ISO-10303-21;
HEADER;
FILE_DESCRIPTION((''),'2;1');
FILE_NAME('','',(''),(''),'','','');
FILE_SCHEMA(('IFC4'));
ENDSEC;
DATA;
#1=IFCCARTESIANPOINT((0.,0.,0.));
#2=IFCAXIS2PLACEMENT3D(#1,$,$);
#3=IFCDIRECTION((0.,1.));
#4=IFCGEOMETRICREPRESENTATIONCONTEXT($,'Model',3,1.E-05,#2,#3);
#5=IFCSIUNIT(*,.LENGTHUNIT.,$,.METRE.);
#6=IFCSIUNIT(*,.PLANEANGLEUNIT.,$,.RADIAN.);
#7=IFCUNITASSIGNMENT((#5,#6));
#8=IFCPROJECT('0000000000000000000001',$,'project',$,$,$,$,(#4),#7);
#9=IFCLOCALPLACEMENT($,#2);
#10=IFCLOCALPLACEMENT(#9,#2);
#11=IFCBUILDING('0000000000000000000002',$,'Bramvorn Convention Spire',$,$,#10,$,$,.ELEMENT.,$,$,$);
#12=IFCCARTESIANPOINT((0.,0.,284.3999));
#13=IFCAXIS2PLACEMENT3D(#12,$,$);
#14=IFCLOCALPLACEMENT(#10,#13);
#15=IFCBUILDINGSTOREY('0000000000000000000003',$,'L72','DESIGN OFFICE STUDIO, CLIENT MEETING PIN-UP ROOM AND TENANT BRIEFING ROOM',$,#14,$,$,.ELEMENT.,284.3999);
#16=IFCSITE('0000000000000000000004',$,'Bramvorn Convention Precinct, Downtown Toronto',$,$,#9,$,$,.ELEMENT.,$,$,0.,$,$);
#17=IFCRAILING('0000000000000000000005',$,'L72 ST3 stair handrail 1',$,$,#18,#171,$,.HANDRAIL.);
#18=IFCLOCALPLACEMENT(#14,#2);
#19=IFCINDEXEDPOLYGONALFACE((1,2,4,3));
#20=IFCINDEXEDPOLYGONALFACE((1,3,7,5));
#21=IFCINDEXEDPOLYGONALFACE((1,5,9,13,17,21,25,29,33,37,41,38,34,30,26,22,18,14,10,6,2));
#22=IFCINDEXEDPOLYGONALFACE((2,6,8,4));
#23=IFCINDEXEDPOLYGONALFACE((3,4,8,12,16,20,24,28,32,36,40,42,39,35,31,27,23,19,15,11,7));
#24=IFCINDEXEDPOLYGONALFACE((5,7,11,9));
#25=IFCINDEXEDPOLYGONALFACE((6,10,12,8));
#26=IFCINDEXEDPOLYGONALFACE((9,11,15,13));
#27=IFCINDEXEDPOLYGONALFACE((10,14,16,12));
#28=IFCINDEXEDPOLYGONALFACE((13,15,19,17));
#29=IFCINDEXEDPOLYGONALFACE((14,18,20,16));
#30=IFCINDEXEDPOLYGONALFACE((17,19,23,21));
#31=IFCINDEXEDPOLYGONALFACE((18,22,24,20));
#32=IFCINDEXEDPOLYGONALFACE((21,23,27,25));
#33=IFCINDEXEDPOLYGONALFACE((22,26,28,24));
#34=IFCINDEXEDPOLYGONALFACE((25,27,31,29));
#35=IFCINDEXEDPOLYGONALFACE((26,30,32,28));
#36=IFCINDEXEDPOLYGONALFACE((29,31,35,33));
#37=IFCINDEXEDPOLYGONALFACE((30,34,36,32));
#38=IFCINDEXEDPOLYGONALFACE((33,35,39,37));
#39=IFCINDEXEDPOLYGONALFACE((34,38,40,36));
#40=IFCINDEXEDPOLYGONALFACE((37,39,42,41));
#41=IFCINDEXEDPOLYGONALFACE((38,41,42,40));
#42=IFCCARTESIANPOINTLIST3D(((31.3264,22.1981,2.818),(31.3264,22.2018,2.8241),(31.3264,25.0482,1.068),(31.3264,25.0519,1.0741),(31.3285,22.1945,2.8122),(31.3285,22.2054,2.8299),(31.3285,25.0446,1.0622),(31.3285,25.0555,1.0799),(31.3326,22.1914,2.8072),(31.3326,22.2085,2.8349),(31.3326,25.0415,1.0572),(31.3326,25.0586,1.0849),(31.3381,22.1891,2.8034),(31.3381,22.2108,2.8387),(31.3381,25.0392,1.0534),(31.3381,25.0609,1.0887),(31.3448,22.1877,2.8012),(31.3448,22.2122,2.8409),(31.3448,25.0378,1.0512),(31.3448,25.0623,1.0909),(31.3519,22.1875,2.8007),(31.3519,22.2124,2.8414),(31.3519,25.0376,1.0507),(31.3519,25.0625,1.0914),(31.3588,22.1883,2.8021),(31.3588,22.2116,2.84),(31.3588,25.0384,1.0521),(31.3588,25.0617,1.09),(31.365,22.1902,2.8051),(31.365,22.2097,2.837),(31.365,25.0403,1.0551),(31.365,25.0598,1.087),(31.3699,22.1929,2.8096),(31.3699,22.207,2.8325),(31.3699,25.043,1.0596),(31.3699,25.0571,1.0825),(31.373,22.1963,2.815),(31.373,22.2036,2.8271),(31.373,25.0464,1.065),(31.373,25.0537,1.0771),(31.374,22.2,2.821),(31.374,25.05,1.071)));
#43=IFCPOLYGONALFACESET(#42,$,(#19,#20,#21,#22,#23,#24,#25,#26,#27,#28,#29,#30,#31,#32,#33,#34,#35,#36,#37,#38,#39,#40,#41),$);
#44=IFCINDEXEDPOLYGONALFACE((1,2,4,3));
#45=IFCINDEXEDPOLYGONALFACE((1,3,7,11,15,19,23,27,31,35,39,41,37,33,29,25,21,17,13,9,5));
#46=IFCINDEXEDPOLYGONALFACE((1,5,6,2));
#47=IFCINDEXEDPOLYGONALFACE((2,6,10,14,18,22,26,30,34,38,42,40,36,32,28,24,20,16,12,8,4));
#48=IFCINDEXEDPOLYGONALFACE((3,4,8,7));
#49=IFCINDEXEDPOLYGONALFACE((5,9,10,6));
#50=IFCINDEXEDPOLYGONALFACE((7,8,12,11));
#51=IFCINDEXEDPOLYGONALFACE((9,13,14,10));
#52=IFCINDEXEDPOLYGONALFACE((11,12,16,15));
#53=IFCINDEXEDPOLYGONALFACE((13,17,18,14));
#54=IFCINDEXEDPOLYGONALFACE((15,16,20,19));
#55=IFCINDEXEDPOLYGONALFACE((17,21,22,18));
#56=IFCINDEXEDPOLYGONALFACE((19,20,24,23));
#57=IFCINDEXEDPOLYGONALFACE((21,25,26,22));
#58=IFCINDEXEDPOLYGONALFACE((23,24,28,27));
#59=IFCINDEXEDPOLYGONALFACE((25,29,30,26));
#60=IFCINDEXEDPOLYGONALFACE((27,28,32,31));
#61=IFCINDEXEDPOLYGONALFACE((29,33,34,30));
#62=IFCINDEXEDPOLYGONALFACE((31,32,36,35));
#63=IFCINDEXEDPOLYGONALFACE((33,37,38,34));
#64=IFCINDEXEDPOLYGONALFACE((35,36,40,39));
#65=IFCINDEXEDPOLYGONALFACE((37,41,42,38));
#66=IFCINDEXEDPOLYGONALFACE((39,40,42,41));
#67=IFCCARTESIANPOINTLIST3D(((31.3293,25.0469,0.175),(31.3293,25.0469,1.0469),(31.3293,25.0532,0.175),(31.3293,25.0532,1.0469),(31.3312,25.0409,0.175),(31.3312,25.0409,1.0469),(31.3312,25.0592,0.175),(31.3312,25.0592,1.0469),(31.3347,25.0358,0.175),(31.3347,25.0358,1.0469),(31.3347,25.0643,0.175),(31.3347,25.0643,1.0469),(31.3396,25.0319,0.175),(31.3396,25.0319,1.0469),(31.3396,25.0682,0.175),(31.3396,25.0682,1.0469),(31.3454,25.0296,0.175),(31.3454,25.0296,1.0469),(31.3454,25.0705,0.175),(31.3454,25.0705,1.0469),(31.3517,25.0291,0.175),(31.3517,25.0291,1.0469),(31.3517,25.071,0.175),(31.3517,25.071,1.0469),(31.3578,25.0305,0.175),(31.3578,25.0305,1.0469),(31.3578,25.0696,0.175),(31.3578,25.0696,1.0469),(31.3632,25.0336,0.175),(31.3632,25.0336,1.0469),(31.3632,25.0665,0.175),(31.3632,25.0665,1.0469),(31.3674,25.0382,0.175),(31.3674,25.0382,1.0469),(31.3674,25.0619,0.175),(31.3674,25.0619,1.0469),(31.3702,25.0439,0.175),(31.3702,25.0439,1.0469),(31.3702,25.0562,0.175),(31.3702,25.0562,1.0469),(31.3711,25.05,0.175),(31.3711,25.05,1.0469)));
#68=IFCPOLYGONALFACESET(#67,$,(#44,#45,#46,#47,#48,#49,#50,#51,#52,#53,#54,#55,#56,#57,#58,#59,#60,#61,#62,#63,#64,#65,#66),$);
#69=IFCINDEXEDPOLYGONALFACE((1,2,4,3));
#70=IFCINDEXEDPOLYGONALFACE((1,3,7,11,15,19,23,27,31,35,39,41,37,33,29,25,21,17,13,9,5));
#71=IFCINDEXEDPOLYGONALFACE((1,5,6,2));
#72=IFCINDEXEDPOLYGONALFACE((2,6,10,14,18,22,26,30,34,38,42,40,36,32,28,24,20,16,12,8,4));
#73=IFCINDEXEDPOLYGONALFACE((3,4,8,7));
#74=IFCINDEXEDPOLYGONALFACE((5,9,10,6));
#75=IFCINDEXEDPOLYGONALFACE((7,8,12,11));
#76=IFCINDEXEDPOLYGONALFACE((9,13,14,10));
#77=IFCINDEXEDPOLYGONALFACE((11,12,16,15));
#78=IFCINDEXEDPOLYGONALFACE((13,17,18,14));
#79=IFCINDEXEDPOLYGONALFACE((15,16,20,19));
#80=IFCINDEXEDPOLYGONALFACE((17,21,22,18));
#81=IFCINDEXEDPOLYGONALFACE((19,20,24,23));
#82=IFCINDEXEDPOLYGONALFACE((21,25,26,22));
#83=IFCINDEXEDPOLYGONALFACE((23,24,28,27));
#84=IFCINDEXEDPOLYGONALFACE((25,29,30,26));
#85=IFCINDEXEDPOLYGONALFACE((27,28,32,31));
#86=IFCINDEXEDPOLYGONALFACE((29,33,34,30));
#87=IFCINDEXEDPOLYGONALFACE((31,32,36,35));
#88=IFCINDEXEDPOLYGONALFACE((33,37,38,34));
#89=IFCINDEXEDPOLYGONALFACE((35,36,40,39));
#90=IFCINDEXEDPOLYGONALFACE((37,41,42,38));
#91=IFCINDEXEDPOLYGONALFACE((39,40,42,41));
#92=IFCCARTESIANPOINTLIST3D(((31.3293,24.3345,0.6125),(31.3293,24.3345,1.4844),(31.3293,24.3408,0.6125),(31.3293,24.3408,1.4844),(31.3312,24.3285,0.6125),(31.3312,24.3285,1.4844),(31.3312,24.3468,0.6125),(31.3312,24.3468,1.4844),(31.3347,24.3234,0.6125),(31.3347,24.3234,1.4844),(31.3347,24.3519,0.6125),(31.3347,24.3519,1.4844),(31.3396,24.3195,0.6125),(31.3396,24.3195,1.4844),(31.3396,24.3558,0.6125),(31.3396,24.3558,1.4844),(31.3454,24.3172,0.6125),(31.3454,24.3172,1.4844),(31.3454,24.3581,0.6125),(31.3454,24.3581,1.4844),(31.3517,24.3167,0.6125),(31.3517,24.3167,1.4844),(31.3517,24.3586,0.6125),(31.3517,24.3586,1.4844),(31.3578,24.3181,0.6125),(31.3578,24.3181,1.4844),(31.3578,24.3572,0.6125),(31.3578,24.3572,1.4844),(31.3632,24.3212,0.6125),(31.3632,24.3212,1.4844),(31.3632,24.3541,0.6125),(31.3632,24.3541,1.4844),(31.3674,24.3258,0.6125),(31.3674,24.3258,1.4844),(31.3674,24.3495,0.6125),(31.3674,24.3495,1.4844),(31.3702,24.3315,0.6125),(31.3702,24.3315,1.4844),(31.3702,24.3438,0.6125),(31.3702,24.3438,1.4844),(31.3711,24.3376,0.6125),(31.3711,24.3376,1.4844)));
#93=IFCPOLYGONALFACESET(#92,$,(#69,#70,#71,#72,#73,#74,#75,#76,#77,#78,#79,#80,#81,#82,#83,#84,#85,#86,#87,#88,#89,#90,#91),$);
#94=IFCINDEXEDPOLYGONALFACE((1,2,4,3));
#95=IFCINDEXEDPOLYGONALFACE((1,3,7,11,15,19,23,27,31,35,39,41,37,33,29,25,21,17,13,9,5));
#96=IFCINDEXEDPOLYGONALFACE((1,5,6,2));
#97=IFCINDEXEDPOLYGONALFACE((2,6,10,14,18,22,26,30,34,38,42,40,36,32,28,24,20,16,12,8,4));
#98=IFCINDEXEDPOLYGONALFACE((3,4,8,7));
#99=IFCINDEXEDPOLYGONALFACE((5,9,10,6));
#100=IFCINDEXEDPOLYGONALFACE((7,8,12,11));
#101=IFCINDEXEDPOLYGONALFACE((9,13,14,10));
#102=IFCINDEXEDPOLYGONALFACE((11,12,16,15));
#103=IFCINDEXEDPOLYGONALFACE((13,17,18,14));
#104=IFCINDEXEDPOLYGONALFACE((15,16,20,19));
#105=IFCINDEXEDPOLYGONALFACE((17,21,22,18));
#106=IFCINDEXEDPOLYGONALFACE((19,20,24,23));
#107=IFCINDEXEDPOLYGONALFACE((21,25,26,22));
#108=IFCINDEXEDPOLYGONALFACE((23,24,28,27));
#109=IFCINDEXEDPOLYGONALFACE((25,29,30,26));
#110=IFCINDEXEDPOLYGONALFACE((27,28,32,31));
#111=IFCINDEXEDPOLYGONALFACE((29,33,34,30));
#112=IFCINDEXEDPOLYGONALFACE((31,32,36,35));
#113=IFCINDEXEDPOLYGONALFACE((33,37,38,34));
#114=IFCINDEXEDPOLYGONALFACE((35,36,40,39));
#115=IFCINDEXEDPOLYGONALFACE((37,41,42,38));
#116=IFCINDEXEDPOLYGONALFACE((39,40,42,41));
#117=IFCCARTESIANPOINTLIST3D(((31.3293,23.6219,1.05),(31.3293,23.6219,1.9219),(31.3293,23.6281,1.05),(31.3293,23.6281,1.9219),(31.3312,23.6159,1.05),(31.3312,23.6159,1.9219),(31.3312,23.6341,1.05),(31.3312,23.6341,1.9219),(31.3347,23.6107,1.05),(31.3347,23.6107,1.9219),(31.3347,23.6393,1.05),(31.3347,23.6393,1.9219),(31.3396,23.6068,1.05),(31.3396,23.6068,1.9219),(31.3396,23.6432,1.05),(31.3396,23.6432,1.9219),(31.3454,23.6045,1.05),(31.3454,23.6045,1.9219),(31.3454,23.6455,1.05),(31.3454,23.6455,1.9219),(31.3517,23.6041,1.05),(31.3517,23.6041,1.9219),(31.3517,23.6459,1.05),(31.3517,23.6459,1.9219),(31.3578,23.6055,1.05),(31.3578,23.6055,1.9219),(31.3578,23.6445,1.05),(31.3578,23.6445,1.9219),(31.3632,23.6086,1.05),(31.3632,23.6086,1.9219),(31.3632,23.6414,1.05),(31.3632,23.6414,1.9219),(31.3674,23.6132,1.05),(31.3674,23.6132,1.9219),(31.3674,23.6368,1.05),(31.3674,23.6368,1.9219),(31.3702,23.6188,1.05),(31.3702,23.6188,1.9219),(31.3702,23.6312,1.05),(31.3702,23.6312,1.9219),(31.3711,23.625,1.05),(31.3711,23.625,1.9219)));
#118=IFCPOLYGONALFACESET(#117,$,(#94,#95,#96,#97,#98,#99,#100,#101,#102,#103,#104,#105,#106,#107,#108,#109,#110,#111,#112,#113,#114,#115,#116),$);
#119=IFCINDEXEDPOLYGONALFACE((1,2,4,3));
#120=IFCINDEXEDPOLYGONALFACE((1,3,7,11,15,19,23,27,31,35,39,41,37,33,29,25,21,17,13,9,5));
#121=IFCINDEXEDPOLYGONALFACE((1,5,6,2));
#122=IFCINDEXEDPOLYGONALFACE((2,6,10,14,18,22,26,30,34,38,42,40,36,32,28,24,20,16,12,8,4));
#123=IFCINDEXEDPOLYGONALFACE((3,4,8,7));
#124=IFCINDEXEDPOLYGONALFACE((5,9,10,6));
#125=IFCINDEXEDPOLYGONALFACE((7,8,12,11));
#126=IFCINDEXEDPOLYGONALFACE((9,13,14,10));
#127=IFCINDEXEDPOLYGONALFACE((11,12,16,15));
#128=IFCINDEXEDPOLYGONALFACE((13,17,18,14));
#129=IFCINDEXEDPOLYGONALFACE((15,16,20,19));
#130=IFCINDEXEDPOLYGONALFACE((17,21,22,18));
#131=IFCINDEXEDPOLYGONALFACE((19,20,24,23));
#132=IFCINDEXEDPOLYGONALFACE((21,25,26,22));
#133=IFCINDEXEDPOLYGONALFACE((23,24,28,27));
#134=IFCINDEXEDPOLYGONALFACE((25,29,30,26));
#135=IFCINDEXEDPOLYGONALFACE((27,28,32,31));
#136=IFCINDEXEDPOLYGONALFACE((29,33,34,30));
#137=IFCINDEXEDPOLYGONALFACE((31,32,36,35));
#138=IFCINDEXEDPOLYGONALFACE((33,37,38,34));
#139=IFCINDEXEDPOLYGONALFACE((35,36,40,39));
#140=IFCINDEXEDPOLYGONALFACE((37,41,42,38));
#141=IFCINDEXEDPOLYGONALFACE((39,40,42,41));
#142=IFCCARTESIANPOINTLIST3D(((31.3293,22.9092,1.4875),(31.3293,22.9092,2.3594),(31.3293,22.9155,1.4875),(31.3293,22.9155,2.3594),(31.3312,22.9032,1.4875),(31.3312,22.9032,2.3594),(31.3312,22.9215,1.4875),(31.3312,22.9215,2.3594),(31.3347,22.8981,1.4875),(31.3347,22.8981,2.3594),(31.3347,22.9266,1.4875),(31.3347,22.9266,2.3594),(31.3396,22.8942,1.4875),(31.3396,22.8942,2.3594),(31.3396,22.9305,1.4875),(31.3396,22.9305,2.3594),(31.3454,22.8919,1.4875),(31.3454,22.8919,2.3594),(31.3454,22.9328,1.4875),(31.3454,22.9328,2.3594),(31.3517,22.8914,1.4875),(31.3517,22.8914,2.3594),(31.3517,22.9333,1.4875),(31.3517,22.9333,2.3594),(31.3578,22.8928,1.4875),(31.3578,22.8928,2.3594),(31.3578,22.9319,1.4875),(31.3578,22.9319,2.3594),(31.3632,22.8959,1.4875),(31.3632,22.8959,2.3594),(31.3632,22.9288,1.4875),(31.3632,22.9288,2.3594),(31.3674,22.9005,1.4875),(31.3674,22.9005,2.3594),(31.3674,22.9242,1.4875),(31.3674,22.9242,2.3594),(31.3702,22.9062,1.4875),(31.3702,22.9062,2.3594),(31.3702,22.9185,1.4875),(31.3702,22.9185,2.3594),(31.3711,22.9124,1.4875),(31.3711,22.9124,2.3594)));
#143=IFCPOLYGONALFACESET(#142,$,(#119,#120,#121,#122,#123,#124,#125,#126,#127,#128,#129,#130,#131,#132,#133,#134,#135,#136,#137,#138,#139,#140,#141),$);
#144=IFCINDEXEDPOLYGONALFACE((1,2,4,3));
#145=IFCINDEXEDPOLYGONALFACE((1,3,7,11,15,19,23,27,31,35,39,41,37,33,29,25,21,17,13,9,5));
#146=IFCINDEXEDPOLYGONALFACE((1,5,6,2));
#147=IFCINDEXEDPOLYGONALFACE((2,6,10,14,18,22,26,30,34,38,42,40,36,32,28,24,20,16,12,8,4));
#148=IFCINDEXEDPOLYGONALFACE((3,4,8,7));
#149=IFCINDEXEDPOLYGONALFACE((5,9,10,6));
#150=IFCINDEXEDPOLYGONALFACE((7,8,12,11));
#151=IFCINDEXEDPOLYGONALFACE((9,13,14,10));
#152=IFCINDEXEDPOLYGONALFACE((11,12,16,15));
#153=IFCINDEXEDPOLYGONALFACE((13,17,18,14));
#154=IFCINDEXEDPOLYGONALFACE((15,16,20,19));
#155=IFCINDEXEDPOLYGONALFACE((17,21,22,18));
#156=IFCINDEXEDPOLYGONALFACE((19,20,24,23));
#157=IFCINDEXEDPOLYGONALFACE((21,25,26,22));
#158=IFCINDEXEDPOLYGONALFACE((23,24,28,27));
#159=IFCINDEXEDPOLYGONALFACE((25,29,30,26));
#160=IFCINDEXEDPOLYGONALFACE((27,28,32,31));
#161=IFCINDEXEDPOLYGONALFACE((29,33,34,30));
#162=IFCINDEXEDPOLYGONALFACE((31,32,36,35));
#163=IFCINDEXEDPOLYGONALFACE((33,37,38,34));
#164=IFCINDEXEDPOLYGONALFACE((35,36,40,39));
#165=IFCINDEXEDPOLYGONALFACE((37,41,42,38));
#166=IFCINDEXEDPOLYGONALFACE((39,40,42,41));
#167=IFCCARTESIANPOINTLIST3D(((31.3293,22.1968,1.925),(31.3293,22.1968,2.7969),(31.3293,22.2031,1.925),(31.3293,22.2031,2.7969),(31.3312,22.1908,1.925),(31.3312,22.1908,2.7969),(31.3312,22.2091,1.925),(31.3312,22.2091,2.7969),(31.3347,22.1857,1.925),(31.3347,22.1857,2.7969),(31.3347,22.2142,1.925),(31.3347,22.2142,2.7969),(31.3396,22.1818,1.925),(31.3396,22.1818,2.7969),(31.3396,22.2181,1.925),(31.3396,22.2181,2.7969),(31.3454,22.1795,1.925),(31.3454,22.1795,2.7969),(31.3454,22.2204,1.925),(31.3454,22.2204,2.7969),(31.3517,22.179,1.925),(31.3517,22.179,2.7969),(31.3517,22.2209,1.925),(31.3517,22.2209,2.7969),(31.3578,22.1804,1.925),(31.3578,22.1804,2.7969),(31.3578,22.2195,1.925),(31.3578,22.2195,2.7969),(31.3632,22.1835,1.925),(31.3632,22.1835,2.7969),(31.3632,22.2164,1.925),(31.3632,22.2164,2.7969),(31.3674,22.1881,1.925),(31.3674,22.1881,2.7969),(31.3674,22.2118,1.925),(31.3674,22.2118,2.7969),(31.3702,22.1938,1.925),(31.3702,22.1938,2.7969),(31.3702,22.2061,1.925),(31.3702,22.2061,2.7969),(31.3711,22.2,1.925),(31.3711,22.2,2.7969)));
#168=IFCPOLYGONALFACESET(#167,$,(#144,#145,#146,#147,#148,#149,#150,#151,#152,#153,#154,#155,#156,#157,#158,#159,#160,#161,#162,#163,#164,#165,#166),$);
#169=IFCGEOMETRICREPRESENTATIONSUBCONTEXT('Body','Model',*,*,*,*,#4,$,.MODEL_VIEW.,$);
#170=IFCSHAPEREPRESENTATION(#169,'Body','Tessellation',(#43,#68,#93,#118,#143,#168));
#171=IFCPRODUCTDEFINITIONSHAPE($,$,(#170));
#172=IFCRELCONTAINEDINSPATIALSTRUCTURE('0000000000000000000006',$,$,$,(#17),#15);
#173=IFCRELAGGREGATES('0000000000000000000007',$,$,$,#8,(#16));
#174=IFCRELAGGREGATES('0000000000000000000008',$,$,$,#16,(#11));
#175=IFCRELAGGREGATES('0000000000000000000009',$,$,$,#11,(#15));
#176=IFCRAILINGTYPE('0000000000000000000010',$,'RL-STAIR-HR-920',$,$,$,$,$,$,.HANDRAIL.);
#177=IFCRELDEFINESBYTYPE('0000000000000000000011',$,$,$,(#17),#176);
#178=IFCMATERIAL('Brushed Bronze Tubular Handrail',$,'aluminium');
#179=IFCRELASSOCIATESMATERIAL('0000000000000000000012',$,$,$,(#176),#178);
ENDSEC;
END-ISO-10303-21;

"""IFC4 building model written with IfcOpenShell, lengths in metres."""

from ifc_helpers import new_model, si_unit, direction, frame, origin, origin_2d, place, context, subcontext, project, spatial, circle, extrude, material, type_object, element, save


model = new_model("IFC4")

# Units and contexts
model_context = context("Model", 3, precision=1e-05, world=origin(), true_north=direction((0.0, 1.0)))
body_context = subcontext(model_context, "Body", "Model", "MODEL_VIEW")
ifc_project = project(units=[si_unit("LENGTHUNIT", "METRE"), si_unit("PLANEANGLEUNIT", "RADIAN")], contexts=[model_context])

# Site, building, storey
site_placement = place(None, origin())
site = spatial("IfcSite", under=ifc_project, at=site_placement, Name="Bramvorn Convention Precinct, Downtown Toronto", CompositionType="ELEMENT", RefElevation=0.0)
building_placement = place(site_placement, origin())
building = spatial("IfcBuilding", under=site, at=building_placement, Name="Bramvorn Convention Spire", CompositionType="ELEMENT")
storey_placement = place(building_placement, frame((0.0, 0.0, 284.3999)))
storey = spatial("IfcBuildingStorey", under=building, at=storey_placement, Name="L72", Description="DESIGN OFFICE STUDIO, CLIENT MEETING PIN-UP ROOM AND TENANT BRIEFING ROOM", CompositionType="ELEMENT", Elevation=284.3999)

# Railing
ifc_material_1 = material(Name="Brushed Bronze Tubular Handrail", Category="aluminium")
railing_type_1 = type_object("IfcRailingType", Name="RL-STAIR-HR-920", PredefinedType="HANDRAIL", material=ifc_material_1)
railing_1_placement = place(storey_placement, frame((31.3501, 25.05, 0.175)))
element("IfcRailing", 1, at=railing_1_placement, inside=storey, type_object=railing_type_1, Name="L72 ST3 stair handrail 1", PredefinedType="HANDRAIL", context=body_context, shape_type="SweptSolid", body=[
    extrude(circle(Radius=0.0239, at=origin_2d()), frame((0.0, 0.0, 0.896), z_axis=(0.0, -0.852179, 0.52325), x_axis=(1.0, 0.0, 0.0)), (0.0, 0.0, 1.0), 3.3445),
    extrude(circle(Radius=0.021, at=origin_2d()), origin(), (0.0, 0.0, 1.0), 0.8718),
    extrude(circle(Radius=0.021, at=origin_2d()), frame((0.0, -0.7124, 0.4375)), (0.0, 0.0, 1.0), 0.8718),
    extrude(circle(Radius=0.021, at=origin_2d()), frame((0.0, -1.425, 0.875)), (0.0, 0.0, 1.0), 0.8718),
    extrude(circle(Radius=0.021, at=origin_2d()), frame((0.0, -2.1377, 1.3125)), (0.0, 0.0, 1.0), 0.8718),
    extrude(circle(Radius=0.021, at=origin_2d()), frame((0.0, -2.8501, 1.75)), (0.0, 0.0, 1.0), 0.8718),
])

save(model, "model.ifc")
